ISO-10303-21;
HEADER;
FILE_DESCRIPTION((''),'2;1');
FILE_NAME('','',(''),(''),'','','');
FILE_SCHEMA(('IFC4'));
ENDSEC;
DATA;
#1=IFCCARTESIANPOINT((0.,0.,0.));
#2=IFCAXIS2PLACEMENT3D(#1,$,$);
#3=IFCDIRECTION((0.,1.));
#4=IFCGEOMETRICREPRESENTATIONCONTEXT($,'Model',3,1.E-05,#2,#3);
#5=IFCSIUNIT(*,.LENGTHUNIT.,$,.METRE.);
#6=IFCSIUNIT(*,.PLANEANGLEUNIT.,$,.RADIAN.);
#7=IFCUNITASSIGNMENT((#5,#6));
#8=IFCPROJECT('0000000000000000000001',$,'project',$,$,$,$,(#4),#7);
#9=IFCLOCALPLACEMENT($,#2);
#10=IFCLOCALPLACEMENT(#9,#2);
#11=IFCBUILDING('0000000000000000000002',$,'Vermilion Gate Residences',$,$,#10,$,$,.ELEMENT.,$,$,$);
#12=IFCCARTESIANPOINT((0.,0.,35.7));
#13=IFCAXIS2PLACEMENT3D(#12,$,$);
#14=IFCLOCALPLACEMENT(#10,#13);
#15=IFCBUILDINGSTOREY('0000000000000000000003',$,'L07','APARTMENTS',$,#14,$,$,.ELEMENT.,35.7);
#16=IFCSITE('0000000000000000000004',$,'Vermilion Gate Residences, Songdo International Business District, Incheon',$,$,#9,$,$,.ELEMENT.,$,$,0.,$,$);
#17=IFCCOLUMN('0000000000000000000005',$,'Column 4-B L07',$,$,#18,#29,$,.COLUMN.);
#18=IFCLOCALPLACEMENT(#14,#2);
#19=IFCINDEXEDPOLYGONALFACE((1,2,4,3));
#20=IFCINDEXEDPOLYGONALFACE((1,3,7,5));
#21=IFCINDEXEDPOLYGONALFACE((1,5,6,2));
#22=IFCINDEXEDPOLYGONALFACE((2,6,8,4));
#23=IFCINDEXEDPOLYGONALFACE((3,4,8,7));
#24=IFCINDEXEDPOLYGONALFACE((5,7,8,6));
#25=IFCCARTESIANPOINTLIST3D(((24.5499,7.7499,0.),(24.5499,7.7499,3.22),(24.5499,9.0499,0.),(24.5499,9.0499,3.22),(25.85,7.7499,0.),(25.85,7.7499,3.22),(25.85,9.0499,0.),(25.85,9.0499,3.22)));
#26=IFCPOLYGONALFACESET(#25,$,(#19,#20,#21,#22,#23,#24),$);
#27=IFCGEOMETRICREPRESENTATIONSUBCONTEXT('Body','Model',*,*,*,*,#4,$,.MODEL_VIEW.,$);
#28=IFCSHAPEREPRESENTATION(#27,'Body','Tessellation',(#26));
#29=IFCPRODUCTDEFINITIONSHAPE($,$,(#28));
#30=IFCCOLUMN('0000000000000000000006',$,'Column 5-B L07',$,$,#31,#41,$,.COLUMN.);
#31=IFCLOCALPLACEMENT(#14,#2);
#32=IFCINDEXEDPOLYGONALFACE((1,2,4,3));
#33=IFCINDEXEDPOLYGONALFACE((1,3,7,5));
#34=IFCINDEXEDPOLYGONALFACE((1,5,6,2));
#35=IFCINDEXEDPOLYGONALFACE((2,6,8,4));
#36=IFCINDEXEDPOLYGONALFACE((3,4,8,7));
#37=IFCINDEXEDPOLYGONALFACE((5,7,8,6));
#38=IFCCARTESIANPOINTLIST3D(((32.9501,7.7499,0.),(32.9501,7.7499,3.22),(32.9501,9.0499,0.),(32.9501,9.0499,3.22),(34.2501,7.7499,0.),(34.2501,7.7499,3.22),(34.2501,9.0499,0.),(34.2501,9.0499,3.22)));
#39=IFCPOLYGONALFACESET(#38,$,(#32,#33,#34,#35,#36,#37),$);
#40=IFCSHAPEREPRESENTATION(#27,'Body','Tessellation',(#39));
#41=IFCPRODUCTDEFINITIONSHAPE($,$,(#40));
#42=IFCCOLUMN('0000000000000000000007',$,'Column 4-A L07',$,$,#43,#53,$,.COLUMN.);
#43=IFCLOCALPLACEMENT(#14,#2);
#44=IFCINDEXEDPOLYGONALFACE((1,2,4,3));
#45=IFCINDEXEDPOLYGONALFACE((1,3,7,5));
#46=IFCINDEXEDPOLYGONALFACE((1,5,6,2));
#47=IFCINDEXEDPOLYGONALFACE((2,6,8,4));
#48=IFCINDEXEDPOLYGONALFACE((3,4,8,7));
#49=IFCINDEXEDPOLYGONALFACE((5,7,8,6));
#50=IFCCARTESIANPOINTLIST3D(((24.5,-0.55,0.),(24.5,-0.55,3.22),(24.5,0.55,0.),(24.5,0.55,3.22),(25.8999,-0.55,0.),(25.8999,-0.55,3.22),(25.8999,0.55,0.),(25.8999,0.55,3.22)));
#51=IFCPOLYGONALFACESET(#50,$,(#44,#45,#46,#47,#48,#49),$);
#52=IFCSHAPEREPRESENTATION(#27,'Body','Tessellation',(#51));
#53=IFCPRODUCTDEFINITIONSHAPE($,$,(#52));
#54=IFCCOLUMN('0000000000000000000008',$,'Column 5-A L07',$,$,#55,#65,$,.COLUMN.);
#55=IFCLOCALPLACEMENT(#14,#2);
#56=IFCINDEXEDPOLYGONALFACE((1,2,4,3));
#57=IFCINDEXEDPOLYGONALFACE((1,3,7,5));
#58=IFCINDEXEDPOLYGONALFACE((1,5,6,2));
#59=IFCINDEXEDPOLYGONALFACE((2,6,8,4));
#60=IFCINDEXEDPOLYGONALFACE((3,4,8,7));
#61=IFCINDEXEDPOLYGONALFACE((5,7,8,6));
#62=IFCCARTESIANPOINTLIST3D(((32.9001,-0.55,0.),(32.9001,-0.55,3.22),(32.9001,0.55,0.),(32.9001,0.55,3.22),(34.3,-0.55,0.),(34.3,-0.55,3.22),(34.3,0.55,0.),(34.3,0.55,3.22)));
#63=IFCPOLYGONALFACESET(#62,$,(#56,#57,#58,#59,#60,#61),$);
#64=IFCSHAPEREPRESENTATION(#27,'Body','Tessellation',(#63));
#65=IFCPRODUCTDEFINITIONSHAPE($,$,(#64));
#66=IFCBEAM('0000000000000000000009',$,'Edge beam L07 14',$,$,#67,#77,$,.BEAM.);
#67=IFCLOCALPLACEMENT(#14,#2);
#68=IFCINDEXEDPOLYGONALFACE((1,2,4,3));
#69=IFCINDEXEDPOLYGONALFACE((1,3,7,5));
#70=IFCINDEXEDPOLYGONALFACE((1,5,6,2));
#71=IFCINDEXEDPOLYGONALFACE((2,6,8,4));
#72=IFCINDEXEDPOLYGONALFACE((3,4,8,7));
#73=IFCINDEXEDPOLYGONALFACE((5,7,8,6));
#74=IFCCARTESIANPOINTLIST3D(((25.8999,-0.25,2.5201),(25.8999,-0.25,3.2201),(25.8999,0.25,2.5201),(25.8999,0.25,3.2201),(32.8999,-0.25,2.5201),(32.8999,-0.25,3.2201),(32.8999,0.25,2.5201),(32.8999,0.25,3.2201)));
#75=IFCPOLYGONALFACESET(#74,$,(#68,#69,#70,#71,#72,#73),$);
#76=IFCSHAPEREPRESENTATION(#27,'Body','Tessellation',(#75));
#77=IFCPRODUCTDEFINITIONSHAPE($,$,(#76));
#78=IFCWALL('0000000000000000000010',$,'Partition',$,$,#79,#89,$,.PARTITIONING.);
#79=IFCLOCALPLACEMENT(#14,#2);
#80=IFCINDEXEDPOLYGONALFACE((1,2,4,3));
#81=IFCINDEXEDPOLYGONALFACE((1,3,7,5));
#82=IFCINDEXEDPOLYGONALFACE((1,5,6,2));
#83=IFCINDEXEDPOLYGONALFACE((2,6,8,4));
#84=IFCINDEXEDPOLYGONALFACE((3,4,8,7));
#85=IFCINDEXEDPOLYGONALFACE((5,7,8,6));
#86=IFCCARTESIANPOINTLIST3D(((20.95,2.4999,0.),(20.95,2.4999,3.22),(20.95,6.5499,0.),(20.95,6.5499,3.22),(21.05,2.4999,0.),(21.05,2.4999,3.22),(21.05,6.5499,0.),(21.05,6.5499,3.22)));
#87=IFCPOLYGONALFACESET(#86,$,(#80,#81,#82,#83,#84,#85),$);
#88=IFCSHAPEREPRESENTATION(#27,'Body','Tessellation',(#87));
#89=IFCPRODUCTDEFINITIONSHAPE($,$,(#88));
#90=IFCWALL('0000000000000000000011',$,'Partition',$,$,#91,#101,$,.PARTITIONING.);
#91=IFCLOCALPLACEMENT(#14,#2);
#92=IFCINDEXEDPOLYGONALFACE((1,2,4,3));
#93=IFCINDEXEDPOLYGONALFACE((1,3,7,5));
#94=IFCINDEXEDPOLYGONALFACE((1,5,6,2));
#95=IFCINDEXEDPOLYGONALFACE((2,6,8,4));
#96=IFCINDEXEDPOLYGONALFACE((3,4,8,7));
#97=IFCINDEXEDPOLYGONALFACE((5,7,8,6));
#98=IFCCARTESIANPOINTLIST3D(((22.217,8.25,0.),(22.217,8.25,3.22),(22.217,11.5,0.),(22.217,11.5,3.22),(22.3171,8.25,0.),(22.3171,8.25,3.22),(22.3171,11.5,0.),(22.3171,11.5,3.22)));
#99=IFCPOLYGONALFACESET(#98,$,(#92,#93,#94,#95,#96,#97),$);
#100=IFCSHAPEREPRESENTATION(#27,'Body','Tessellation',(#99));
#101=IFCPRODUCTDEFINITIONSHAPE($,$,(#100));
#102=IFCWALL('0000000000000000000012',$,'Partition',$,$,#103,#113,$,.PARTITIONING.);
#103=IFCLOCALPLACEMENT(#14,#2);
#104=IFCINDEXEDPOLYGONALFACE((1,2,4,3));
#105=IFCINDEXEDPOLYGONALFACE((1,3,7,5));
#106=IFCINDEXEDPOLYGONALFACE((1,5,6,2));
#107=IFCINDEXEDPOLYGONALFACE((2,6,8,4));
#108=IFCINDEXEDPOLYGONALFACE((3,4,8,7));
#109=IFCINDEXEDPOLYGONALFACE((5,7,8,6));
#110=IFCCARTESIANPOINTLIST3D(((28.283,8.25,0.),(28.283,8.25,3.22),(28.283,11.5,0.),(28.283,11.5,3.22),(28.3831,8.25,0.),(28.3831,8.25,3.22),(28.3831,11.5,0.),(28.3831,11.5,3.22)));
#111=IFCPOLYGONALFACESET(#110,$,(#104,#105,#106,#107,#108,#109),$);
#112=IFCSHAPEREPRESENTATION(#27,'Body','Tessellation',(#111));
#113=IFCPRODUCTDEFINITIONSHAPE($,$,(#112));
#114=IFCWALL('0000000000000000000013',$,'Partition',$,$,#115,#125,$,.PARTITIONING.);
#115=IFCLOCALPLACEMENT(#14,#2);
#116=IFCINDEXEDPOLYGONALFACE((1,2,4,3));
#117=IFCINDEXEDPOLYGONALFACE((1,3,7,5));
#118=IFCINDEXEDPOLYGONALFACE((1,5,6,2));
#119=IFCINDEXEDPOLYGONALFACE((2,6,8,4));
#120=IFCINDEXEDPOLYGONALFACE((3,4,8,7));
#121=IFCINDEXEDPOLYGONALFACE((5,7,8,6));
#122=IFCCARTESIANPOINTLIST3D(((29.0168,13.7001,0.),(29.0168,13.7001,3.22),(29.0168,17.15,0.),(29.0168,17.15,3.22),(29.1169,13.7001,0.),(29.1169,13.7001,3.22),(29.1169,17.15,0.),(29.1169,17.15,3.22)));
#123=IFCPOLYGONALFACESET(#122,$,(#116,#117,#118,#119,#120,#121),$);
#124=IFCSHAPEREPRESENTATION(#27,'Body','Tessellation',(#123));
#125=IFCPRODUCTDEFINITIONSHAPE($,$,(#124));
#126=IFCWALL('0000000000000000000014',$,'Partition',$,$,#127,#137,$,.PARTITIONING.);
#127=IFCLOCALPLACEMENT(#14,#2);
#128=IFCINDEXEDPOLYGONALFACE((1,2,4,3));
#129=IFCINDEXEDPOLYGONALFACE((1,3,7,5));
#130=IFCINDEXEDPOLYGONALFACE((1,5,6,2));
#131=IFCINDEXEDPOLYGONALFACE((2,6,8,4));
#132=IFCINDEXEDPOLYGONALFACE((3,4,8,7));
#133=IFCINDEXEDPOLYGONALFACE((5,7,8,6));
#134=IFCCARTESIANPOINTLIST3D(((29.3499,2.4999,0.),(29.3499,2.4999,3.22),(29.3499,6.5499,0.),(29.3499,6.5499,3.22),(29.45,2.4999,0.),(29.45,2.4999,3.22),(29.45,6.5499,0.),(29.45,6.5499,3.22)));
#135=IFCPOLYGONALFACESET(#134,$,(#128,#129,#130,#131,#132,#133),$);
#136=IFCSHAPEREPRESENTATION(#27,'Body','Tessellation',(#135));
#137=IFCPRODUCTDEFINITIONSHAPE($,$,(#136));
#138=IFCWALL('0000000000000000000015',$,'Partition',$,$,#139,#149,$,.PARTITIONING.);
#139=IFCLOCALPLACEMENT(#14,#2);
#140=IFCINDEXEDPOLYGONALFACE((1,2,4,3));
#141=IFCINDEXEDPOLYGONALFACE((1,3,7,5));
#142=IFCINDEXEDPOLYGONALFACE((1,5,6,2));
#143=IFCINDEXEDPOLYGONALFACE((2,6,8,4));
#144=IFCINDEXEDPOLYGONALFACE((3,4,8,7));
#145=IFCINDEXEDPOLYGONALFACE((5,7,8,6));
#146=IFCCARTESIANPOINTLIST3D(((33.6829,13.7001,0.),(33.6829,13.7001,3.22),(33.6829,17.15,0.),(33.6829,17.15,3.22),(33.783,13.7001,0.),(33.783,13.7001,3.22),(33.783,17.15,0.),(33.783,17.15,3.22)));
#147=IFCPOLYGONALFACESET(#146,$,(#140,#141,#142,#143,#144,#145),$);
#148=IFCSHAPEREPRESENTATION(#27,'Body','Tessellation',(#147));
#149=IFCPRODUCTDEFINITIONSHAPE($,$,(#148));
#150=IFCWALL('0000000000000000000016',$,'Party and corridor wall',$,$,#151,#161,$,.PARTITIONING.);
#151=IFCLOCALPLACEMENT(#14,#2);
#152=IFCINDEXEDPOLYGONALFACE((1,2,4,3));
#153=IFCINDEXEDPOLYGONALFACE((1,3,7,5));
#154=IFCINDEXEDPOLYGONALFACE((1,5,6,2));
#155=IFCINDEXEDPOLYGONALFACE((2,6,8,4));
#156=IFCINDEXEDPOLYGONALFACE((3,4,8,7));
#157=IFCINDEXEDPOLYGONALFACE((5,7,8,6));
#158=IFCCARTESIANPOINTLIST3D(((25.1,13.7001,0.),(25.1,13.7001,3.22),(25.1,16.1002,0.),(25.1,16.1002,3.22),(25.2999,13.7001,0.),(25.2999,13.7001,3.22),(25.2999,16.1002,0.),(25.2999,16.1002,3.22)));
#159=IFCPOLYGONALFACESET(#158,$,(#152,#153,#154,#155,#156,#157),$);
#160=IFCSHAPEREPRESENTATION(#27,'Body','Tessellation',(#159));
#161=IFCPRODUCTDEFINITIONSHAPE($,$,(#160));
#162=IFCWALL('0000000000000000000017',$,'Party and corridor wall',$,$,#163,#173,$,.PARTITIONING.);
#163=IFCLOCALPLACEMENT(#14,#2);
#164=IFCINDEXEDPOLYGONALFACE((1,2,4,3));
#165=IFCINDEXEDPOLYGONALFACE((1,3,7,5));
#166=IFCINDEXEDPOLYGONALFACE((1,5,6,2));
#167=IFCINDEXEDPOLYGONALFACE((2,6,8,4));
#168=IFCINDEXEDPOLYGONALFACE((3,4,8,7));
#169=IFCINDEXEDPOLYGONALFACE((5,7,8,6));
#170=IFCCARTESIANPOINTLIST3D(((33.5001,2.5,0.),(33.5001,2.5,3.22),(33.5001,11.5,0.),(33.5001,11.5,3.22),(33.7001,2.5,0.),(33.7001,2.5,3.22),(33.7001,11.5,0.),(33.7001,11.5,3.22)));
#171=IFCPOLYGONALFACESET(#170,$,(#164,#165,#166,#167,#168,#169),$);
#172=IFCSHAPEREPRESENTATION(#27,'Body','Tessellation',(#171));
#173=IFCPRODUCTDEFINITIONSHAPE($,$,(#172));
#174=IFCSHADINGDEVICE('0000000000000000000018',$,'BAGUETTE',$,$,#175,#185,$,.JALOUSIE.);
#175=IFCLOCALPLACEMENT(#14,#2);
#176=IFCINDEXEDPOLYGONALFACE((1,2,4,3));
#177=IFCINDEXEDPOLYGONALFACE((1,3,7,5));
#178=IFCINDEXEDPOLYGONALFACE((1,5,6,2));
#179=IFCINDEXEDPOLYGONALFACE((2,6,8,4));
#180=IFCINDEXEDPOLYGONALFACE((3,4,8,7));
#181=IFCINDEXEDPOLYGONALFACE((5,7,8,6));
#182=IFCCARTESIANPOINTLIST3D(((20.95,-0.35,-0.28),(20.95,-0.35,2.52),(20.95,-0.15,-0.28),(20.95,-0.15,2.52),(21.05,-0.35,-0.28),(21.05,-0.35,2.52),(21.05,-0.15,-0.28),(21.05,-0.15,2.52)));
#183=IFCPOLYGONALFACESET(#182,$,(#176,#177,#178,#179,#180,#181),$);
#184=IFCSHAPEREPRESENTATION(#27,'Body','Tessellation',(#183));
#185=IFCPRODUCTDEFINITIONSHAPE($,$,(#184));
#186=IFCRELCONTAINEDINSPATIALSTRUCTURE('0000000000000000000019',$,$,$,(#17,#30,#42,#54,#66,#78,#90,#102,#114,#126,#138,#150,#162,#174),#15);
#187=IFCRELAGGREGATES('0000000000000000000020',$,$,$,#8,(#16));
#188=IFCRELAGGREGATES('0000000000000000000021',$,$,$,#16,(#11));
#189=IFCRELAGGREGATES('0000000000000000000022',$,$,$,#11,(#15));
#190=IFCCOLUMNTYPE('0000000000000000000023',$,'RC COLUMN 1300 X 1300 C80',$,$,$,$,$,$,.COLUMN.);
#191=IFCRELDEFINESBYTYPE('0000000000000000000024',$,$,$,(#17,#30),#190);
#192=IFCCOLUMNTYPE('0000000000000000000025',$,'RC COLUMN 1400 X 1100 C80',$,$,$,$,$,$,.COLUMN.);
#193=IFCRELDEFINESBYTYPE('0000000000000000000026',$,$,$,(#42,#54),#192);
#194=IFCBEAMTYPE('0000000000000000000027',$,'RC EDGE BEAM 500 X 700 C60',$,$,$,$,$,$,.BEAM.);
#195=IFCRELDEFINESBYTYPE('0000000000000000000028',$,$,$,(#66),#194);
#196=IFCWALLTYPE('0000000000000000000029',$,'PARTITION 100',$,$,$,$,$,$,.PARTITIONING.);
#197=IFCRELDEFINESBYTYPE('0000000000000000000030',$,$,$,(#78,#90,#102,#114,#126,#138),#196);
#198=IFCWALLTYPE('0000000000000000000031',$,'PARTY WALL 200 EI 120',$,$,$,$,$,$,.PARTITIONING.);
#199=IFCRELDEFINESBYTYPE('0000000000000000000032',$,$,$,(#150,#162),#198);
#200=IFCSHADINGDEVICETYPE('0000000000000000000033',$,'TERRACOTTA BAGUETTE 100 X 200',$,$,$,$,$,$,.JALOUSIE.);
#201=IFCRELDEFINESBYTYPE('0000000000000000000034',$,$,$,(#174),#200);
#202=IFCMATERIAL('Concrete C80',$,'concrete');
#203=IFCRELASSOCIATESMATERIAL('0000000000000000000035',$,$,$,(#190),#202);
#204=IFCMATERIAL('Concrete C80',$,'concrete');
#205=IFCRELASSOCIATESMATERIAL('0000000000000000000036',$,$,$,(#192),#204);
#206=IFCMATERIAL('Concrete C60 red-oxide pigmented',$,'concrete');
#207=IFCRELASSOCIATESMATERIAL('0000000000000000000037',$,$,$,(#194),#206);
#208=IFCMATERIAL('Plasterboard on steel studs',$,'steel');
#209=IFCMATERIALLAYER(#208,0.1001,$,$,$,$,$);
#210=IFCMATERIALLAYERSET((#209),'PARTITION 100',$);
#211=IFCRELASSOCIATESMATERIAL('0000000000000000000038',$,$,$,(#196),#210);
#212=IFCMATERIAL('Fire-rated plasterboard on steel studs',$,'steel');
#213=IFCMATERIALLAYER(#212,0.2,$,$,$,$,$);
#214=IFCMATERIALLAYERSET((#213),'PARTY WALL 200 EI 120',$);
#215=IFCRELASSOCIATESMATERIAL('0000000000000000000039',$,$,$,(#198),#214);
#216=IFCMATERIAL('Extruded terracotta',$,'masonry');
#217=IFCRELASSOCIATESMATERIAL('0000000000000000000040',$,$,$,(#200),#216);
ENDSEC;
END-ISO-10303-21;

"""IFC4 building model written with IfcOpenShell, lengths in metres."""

from ifc_helpers import new_model, si_unit, direction, frame, frame_2d, origin, origin_2d, place, context, subcontext, project, spatial, rectangle, extrude, material, layer, layer_set, material_profile, profile_set, type_object, element, save


model = new_model("IFC4")

# Units and contexts
model_context = context("Model", 3, precision=1e-05, world=origin(), true_north=direction((0.0, 1.0)))
body_context = subcontext(model_context, "Body", "Model", "MODEL_VIEW")
ifc_project = project(units=[si_unit("LENGTHUNIT", "METRE"), si_unit("PLANEANGLEUNIT", "RADIAN")], contexts=[model_context])

# Site, building, storey
site_placement = place(None, origin())
site = spatial("IfcSite", under=ifc_project, at=site_placement, Name="Vermilion Gate Residences, Songdo International Business District, Incheon", CompositionType="ELEMENT", RefElevation=0.0)
building_placement = place(site_placement, origin())
building = spatial("IfcBuilding", under=site, at=building_placement, Name="Vermilion Gate Residences", CompositionType="ELEMENT")
storey_placement = place(building_placement, frame((0.0, 0.0, 35.7)))
storey = spatial("IfcBuildingStorey", under=building, at=storey_placement, Name="L07", Description="APARTMENTS", CompositionType="ELEMENT", Elevation=35.7)

# Columns
ifc_material_1 = material(Name="Concrete C80", Category="concrete")
ifc_material_profile_1 = material_profile(ifc_material_1, rectangle(XDim=1.3, YDim=1.3, at=origin_2d()), Name="RC-1300x1300")
ifc_profile_set_1 = profile_set([ifc_material_profile_1], Name="Concrete C80")
column_type_1 = type_object("IfcColumnType", Name="RC COLUMN 1300 X 1300 C80", PredefinedType="COLUMN", material=ifc_profile_set_1)
for number, where, z_axis, x_axis, name in (
    (1, (25.2, 8.3999, 0.0), (0.0, 0.0, 1.0), (1.0, 0.0, 0.0), "Column 4-B L07"),
    (2, (33.6001, 8.3999, 0.0), (0.0, 0.0, 1.0), (1.0, 0.0, 0.0), "Column 5-B L07"),
):
    element("IfcColumn", number, at=place(storey_placement, frame(where, z_axis=z_axis, x_axis=x_axis)), inside=storey, type_object=column_type_1, Name=name, PredefinedType="COLUMN", context=body_context, shape_type="SweptSolid", body=[
        extrude(rectangle(XDim=1.3, YDim=1.3, at=origin_2d()), origin(), (0.0, 0.0, 1.0), 3.22),
    ])
ifc_material_2 = material(Name="Concrete C80", Category="concrete")
ifc_material_profile_2 = material_profile(ifc_material_2, rectangle(XDim=1.3999, YDim=1.1001, at=origin_2d()), Name="RC-1400x1100")
ifc_profile_set_2 = profile_set([ifc_material_profile_2], Name="Concrete C80")
column_type_2 = type_object("IfcColumnType", Name="RC COLUMN 1400 X 1100 C80", PredefinedType="COLUMN", material=ifc_profile_set_2)
for number, where, z_axis, x_axis, name in (
    (3, (25.2, 0.0, 0.0), (0.0, 0.0, 1.0), (1.0, 0.0, 0.0), "Column 4-A L07"),
    (4, (33.6001, 0.0, 0.0), (0.0, 0.0, 1.0), (1.0, 0.0, 0.0), "Column 5-A L07"),
):
    element("IfcColumn", number, at=place(storey_placement, frame(where, z_axis=z_axis, x_axis=x_axis)), inside=storey, type_object=column_type_2, Name=name, PredefinedType="COLUMN", context=body_context, shape_type="SweptSolid", body=[
        extrude(rectangle(XDim=1.3999, YDim=1.1001, at=origin_2d()), origin(), (0.0, 0.0, 1.0), 3.22),
    ])

# Beam
ifc_material_3 = material(Name="Concrete C60 red-oxide pigmented", Category="concrete")
ifc_material_profile_3 = material_profile(ifc_material_3, rectangle(XDim=0.5, YDim=0.7, at=origin_2d()), Name="RC-500x700")
ifc_profile_set_3 = profile_set([ifc_material_profile_3], Name="Concrete C60 red-oxide pigmented")
beam_type = type_object("IfcBeamType", Name="RC EDGE BEAM 500 X 700 C60", PredefinedType="BEAM", material=ifc_profile_set_3)
beam_placement = place(storey_placement, frame((25.8999, 0.0, 2.8701), z_axis=(1.0, 0.0, 0.0), x_axis=(0.0, 1.0, 0.0)))
element("IfcBeam", 5, at=beam_placement, inside=storey, type_object=beam_type, Name="Edge beam L07 14", PredefinedType="BEAM", context=body_context, shape_type="SweptSolid", body=[
    extrude(rectangle(XDim=0.5, YDim=0.7, at=origin_2d()), origin(), (0.0, 0.0, 1.0), 7.0),
])

# Walls
ifc_material_4 = material(Name="Plasterboard on steel studs", Category="steel")
ifc_layer_1 = layer(ifc_material_4, 0.1001)
ifc_layer_set_1 = layer_set([ifc_layer_1], Name="PARTITION 100")
wall_type_1 = type_object("IfcWallType", Name="PARTITION 100", PredefinedType="PARTITIONING", material=ifc_layer_set_1)
wall_1_placement = place(storey_placement, frame((21.0, 2.5, 0.0), z_axis=(0.0, 0.0, 1.0), x_axis=(0.0, 1.0, 0.0)))
element("IfcWall", 6, at=wall_1_placement, inside=storey, type_object=wall_type_1, Name="Partition", PredefinedType="PARTITIONING", context=body_context, shape_type="SweptSolid", body=[
    extrude(rectangle(XDim=4.05, YDim=0.1001, at=frame_2d((2.0249, 0.0))), origin(), (0.0, 0.0, 1.0), 3.22),
])
for number, where, z_axis, x_axis, name in (
    (7, (22.2671, 8.25, 0.0), (0.0, 0.0, 1.0), (0.0, 1.0, 0.0), "Partition"),
    (8, (28.333, 8.25, 0.0), (0.0, 0.0, 1.0), (0.0, 1.0, 0.0), "Partition"),
):
    element("IfcWall", number, at=place(storey_placement, frame(where, z_axis=z_axis, x_axis=x_axis)), inside=storey, type_object=wall_type_1, Name=name, PredefinedType="PARTITIONING", context=body_context, shape_type="SweptSolid", body=[
        extrude(rectangle(XDim=3.25, YDim=0.1001, at=frame_2d((1.625, 0.0))), origin(), (0.0, 0.0, 1.0), 3.22),
    ])
wall_2_placement = place(storey_placement, frame((29.0669, 13.7, 0.0), z_axis=(0.0, 0.0, 1.0), x_axis=(0.0, 1.0, 0.0)))
element("IfcWall", 9, at=wall_2_placement, inside=storey, type_object=wall_type_1, Name="Partition", PredefinedType="PARTITIONING", context=body_context, shape_type="SweptSolid", body=[
    extrude(rectangle(XDim=3.45, YDim=0.1001, at=frame_2d((1.7251, 0.0))), origin(), (0.0, 0.0, 1.0), 3.22),
])
wall_3_placement = place(storey_placement, frame((29.3999, 2.5, 0.0), z_axis=(0.0, 0.0, 1.0), x_axis=(0.0, 1.0, 0.0)))
element("IfcWall", 10, at=wall_3_placement, inside=storey, type_object=wall_type_1, Name="Partition", PredefinedType="PARTITIONING", context=body_context, shape_type="SweptSolid", body=[
    extrude(rectangle(XDim=4.05, YDim=0.1001, at=frame_2d((2.0249, 0.0))), origin(), (0.0, 0.0, 1.0), 3.22),
])
wall_4_placement = place(storey_placement, frame((33.7329, 13.7, 0.0), z_axis=(0.0, 0.0, 1.0), x_axis=(0.0, 1.0, 0.0)))
element("IfcWall", 11, at=wall_4_placement, inside=storey, type_object=wall_type_1, Name="Partition", PredefinedType="PARTITIONING", context=body_context, shape_type="SweptSolid", body=[
    extrude(rectangle(XDim=3.45, YDim=0.1001, at=frame_2d((1.7251, 0.0))), origin(), (0.0, 0.0, 1.0), 3.22),
])
ifc_material_5 = material(Name="Fire-rated plasterboard on steel studs", Category="steel")
ifc_layer_2 = layer(ifc_material_5, 0.2)
ifc_layer_set_2 = layer_set([ifc_layer_2], Name="PARTY WALL 200 EI 120")
wall_type_2 = type_object("IfcWallType", Name="PARTY WALL 200 EI 120", PredefinedType="PARTITIONING", material=ifc_layer_set_2)
wall_5_placement = place(storey_placement, frame((25.2, 13.7, 0.0), z_axis=(0.0, 0.0, 1.0), x_axis=(0.0, 1.0, 0.0)))
element("IfcWall", 12, at=wall_5_placement, inside=storey, type_object=wall_type_2, Name="Party and corridor wall", PredefinedType="PARTITIONING", context=body_context, shape_type="SweptSolid", body=[
    extrude(rectangle(XDim=2.4001, YDim=0.2, at=frame_2d((1.2002, 0.0))), origin(), (0.0, 0.0, 1.0), 3.22),
])
wall_6_placement = place(storey_placement, frame((33.6001, 2.5, 0.0), z_axis=(0.0, 0.0, 1.0), x_axis=(0.0, 1.0, 0.0)))
element("IfcWall", 13, at=wall_6_placement, inside=storey, type_object=wall_type_2, Name="Party and corridor wall", PredefinedType="PARTITIONING", context=body_context, shape_type="SweptSolid", body=[
    extrude(rectangle(XDim=9.0, YDim=0.2, at=frame_2d((4.5, 0.0))), origin(), (0.0, 0.0, 1.0), 3.22),
])

# Shading device
ifc_material_6 = material(Name="Extruded terracotta", Category="masonry")
ifc_material_profile_4 = material_profile(ifc_material_6, rectangle(XDim=0.2, YDim=0.1001, at=origin_2d()), Name="BAGUETTE 100 X 200")
ifc_profile_set_4 = profile_set([ifc_material_profile_4], Name="Extruded terracotta")
shading_device_type = type_object("IfcShadingDeviceType", Name="TERRACOTTA BAGUETTE 100 X 200", PredefinedType="JALOUSIE", material=ifc_profile_set_4)
for number, where, z_axis, x_axis, name in (
    (14, (21.0, -0.25, -0.28), (0.0, 0.0, 1.0), (0.0, 1.0, 0.0), "BAGUETTE"),
):
    element("IfcShadingDevice", number, at=place(storey_placement, frame(where, z_axis=z_axis, x_axis=x_axis)), inside=storey, type_object=shading_device_type, Name=name, PredefinedType="JALOUSIE", context=body_context, shape_type="SweptSolid", body=[
        extrude(rectangle(XDim=0.2, YDim=0.1001, at=origin_2d()), origin(), (0.0, 0.0, 1.0), 2.8),
    ])

save(model, "model.ifc")
